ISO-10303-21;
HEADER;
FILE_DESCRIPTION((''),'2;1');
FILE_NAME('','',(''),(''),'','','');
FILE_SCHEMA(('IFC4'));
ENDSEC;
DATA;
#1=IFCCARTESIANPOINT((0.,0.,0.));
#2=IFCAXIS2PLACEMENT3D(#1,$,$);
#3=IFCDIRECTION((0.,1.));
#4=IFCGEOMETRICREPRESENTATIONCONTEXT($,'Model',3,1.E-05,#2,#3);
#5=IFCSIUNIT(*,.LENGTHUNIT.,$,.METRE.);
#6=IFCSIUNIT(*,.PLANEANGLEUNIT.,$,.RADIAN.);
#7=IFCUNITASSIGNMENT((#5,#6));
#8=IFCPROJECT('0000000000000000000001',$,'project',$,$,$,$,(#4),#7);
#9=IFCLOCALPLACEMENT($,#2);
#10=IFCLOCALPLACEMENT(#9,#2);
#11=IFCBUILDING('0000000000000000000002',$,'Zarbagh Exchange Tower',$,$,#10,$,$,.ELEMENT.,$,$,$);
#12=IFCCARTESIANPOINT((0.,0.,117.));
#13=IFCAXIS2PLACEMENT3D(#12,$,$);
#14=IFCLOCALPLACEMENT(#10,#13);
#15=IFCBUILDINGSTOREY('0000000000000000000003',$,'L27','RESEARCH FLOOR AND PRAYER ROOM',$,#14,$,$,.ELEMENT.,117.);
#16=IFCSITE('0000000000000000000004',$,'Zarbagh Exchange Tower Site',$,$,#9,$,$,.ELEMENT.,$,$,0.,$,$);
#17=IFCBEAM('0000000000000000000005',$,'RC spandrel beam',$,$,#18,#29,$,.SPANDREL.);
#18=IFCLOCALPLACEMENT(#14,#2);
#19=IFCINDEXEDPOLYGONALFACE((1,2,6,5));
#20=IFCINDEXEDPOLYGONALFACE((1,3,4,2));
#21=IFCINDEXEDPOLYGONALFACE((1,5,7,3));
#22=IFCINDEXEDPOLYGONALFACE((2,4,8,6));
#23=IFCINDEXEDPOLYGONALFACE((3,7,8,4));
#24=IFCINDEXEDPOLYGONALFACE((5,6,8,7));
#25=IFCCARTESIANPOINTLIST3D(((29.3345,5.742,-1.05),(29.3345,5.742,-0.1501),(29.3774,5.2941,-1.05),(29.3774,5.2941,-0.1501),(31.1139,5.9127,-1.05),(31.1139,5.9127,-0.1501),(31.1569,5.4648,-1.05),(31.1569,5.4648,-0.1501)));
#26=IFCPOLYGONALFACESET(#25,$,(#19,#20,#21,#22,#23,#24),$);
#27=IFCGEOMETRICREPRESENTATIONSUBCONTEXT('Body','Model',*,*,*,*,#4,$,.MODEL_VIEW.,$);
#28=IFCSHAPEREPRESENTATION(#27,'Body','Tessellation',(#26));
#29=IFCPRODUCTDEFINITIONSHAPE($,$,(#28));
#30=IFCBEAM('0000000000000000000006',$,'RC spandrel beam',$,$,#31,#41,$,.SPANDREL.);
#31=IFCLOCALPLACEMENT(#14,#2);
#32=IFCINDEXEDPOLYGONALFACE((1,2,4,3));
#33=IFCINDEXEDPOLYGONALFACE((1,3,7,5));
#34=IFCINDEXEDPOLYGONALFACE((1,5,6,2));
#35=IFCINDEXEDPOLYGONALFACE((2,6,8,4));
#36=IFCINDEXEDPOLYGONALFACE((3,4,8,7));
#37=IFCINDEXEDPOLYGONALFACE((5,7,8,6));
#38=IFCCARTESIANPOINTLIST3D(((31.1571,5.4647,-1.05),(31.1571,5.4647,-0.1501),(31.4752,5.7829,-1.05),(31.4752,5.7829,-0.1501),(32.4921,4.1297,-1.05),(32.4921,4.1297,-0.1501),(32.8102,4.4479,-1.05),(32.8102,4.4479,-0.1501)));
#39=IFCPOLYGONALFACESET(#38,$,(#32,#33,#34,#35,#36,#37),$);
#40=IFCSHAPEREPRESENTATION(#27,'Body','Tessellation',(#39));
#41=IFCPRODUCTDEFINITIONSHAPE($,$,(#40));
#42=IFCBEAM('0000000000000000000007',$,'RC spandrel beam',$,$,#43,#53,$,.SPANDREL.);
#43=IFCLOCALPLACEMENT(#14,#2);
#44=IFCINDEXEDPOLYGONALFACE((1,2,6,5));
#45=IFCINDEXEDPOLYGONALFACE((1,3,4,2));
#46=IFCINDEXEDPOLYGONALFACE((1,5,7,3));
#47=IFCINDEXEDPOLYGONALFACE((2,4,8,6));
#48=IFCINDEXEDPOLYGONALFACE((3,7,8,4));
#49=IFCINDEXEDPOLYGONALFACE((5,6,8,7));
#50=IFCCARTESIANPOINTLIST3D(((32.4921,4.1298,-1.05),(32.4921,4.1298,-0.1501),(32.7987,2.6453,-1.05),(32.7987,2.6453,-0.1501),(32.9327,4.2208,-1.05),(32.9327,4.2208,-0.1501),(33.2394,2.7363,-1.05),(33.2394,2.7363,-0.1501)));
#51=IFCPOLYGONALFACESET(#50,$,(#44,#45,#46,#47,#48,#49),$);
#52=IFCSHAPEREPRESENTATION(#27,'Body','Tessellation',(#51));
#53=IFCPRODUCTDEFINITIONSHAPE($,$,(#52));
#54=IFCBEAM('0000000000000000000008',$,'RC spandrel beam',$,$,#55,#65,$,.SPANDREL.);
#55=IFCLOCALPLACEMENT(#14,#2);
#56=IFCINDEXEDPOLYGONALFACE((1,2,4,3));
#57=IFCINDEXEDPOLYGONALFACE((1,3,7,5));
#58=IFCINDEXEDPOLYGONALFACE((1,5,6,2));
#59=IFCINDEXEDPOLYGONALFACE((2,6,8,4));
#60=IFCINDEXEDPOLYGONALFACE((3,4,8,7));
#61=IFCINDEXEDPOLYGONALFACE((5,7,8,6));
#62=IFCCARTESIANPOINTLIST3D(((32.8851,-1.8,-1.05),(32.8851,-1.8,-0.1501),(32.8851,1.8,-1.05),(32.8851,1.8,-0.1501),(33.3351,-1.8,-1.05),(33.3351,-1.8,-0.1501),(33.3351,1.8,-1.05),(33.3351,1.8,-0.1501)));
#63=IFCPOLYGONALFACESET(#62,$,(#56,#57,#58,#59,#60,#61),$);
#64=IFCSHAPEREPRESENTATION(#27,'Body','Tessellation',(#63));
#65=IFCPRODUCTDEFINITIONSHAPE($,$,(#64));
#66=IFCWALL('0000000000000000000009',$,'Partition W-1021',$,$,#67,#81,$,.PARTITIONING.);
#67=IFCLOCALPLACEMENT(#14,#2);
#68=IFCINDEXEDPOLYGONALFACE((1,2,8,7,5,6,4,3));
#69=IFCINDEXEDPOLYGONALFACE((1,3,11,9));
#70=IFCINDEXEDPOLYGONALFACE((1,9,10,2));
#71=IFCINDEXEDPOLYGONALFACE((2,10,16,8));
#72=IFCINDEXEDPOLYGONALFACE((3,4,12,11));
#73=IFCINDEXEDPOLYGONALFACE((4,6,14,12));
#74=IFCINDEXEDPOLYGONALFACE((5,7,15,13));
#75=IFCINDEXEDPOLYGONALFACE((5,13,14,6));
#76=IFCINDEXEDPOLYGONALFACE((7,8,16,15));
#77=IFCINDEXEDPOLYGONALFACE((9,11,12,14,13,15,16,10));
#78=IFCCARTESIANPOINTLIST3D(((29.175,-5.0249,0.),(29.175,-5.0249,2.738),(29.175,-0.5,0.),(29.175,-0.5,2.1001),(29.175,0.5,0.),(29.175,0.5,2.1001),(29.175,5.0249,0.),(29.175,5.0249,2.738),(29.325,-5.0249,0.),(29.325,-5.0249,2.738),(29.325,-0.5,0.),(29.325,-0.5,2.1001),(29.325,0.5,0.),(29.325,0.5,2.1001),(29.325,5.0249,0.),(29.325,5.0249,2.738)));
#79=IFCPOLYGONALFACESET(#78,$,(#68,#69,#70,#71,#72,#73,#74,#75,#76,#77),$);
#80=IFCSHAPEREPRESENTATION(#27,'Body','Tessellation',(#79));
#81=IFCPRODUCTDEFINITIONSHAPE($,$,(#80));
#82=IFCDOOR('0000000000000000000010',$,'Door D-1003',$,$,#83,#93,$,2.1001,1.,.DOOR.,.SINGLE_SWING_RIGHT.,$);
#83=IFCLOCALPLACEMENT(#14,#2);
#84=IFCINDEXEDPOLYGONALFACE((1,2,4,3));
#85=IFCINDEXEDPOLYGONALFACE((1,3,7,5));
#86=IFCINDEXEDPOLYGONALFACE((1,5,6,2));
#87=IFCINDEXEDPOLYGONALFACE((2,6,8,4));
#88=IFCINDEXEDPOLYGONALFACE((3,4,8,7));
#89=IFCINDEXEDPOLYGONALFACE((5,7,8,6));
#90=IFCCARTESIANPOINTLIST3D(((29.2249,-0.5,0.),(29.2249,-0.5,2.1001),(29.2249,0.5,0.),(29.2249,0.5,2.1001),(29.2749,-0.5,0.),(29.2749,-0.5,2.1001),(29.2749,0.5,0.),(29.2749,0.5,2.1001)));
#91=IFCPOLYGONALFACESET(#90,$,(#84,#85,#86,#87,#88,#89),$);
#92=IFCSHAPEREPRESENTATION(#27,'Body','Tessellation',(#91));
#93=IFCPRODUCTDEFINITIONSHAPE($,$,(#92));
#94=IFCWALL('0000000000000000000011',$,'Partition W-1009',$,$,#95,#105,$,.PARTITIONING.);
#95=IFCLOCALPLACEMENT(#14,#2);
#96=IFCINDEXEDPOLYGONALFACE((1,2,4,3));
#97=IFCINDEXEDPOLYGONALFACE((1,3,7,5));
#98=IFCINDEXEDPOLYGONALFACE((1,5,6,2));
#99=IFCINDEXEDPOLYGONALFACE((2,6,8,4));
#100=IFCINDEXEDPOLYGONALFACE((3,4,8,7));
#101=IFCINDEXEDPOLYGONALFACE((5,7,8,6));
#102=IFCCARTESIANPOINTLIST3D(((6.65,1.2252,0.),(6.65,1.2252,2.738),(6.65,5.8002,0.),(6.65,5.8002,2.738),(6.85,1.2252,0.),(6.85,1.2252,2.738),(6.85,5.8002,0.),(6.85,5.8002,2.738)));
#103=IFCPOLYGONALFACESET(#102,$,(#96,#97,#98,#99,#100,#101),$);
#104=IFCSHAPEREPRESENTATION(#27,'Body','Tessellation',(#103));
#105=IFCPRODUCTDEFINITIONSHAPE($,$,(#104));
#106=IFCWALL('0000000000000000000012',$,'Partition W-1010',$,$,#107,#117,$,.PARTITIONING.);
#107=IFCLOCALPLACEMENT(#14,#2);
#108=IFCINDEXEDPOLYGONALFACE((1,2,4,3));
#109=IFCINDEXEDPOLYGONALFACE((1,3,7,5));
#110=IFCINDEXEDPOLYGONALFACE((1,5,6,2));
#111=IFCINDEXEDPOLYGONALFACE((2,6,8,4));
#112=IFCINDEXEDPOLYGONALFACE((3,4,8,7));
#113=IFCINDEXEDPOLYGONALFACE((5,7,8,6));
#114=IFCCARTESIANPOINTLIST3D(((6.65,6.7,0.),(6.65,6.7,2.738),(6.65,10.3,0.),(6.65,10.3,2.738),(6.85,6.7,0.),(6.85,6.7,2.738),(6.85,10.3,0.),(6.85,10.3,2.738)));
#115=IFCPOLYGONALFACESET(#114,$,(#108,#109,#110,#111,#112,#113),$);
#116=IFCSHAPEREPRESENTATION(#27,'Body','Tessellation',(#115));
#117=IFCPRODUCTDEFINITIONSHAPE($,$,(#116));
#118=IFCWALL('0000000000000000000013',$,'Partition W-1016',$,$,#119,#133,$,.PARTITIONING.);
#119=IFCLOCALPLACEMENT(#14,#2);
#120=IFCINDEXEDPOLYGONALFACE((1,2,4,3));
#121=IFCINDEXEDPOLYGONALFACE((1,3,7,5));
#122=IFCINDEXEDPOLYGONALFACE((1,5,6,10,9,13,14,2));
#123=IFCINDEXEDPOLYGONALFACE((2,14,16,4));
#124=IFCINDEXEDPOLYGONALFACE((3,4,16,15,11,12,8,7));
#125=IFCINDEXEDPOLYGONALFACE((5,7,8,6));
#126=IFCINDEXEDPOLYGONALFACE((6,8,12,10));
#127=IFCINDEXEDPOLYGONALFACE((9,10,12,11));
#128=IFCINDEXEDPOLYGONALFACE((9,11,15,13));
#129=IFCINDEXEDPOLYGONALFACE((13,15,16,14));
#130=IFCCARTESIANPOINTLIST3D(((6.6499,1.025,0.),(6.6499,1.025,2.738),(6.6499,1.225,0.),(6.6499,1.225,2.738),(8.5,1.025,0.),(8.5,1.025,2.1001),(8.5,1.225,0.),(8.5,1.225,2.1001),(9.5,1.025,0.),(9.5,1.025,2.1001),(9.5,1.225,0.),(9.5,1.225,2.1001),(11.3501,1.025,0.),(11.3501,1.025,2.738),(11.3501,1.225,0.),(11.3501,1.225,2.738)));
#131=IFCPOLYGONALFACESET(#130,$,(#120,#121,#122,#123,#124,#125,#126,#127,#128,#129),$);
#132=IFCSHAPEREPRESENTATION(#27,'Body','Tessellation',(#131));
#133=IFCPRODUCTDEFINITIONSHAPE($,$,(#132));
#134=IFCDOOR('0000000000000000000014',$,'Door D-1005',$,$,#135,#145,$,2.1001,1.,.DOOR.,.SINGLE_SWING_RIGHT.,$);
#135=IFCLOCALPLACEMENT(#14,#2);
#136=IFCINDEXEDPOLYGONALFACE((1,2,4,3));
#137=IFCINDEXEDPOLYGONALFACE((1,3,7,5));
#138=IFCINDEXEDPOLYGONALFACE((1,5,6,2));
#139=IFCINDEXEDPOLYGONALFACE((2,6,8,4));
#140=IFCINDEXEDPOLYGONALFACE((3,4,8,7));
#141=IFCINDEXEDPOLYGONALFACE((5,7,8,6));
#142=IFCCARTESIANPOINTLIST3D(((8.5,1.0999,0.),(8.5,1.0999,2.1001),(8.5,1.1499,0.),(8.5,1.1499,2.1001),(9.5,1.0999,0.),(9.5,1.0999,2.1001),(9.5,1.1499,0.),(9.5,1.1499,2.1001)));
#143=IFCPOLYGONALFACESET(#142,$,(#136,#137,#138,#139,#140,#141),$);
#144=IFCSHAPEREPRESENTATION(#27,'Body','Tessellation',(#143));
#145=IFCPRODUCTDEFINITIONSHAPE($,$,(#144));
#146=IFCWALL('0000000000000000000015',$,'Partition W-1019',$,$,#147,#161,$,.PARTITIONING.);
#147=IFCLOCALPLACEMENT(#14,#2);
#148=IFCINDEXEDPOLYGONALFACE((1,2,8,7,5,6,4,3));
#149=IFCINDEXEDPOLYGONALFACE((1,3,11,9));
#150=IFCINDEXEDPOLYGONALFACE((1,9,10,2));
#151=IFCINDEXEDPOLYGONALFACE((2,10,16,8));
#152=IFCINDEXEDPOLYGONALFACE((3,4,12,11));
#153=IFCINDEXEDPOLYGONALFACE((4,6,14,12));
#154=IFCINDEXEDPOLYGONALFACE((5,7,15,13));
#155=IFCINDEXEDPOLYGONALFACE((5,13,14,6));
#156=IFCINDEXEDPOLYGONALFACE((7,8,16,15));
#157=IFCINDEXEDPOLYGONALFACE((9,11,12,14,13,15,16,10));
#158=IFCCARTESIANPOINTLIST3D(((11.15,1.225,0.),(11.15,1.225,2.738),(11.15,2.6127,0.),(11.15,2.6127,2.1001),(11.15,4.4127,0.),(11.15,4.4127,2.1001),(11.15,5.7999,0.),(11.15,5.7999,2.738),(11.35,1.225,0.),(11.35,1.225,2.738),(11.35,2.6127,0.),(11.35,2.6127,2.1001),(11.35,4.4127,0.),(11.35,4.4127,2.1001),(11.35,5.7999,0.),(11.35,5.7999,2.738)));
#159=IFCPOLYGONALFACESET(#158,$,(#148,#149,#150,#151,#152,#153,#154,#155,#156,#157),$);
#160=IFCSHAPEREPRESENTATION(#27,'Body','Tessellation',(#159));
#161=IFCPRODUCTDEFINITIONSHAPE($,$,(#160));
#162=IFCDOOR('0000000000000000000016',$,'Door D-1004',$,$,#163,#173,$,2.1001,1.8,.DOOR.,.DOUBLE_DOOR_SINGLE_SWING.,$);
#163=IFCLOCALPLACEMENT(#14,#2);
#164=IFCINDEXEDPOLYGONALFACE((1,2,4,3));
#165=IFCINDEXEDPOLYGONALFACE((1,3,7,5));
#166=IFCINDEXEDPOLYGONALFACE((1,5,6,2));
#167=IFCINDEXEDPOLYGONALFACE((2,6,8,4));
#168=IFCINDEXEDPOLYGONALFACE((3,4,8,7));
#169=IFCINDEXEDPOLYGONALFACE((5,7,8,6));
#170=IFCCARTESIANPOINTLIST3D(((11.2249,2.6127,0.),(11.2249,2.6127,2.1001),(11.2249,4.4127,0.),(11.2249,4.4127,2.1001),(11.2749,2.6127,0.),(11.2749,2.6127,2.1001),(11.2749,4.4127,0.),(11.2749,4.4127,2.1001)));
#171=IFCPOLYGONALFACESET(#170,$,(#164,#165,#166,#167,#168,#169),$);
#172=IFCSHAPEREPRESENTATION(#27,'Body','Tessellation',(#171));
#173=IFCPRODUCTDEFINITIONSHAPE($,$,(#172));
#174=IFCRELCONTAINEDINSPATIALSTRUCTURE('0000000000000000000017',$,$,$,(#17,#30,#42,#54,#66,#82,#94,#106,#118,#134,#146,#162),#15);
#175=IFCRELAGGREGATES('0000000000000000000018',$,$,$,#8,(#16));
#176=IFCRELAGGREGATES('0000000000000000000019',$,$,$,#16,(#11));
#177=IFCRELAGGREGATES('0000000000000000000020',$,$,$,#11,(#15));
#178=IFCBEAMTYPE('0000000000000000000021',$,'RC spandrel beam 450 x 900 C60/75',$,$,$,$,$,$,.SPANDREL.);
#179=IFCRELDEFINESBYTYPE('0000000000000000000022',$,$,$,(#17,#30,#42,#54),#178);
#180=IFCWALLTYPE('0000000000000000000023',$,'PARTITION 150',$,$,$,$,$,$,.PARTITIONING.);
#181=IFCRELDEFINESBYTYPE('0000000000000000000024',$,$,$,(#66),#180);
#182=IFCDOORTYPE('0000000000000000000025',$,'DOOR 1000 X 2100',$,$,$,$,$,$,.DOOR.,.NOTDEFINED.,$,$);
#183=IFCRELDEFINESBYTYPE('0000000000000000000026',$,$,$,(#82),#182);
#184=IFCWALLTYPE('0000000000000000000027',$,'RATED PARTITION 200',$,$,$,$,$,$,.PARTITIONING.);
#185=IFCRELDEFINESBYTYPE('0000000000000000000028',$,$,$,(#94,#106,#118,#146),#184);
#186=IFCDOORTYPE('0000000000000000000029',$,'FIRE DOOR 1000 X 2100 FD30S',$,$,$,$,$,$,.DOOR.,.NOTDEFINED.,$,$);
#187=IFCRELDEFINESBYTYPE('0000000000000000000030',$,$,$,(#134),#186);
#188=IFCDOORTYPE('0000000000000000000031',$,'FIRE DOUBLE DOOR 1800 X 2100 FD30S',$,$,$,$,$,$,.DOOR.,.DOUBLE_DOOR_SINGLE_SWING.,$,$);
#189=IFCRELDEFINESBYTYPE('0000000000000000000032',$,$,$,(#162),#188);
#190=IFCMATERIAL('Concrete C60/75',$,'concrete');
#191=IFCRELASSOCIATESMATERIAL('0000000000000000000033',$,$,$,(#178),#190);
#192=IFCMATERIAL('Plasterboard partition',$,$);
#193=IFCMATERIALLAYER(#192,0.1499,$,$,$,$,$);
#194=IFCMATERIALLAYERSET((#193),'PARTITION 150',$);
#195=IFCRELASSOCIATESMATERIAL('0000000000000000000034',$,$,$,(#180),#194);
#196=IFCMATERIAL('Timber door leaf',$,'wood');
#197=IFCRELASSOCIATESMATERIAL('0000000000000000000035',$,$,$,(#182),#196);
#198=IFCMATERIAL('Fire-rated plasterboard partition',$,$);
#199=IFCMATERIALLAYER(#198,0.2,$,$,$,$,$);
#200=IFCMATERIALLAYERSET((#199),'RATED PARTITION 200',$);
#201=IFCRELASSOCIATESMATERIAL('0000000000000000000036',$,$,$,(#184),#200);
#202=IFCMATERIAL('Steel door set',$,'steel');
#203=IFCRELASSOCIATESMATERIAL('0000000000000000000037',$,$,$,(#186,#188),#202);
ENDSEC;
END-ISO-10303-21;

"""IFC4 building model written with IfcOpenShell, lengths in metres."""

from ifc_helpers import new_model, si_unit, direction, frame, frame_2d, origin, origin_2d, place, context, subcontext, project, spatial, rectangle, extrude, material, layer, layer_set, material_profile, profile_set, type_object, element, fill, save


model = new_model("IFC4")

# Units and contexts
model_context = context("Model", 3, precision=1e-05, world=origin(), true_north=direction((0.0, 1.0)))
body_context = subcontext(model_context, "Body", "Model", "MODEL_VIEW")
ifc_project = project(units=[si_unit("LENGTHUNIT", "METRE"), si_unit("PLANEANGLEUNIT", "RADIAN")], contexts=[model_context])

# Site, building, storey
site_placement = place(None, origin())
site = spatial("IfcSite", under=ifc_project, at=site_placement, Name="Zarbagh Exchange Tower Site", CompositionType="ELEMENT", RefElevation=0.0)
building_placement = place(site_placement, origin())
building = spatial("IfcBuilding", under=site, at=building_placement, Name="Zarbagh Exchange Tower", CompositionType="ELEMENT")
storey_placement = place(building_placement, frame((0.0, 0.0, 117.0)))
storey = spatial("IfcBuildingStorey", under=building, at=storey_placement, Name="L27", Description="RESEARCH FLOOR AND PRAYER ROOM", CompositionType="ELEMENT", Elevation=117.0)

# Shared definitions
ifc_material_1 = material(Name="Concrete C60/75", Category="concrete")

# Beams
ifc_material_profile_1 = material_profile(ifc_material_1, rectangle(XDim=0.45, YDim=0.8999, at=origin_2d()), Name="RC spandrel beam 450 x 900 C60/75")
ifc_profile_set_1 = profile_set([ifc_material_profile_1], Name="Concrete C60/75")
beam_type_1 = type_object("IfcBeamType", Name="RC spandrel beam 450 x 900 C60/75", PredefinedType="SPANDREL", material=ifc_profile_set_1)
beam_1_placement = place(storey_placement, frame((29.356, 5.5181, -0.6001), z_axis=(0.995433, 0.09546, 0.0), x_axis=(-0.09546, 0.995433, 0.0)))
element("IfcBeam", 1, at=beam_1_placement, inside=storey, type_object=beam_type_1, Name="RC spandrel beam", PredefinedType="SPANDREL", context=body_context, shape_type="SweptSolid", body=[
    extrude(rectangle(XDim=0.45, YDim=0.8999, at=origin_2d()), origin(), (0.0, 0.0, 1.0), 1.7876),
])
beam_2_placement = place(storey_placement, frame((31.3162, 5.6238, -0.6001), z_axis=(0.707107, -0.707107, 0.0), x_axis=(0.707107, 0.707107, 0.0)))
element("IfcBeam", 2, at=beam_2_placement, inside=storey, type_object=beam_type_1, Name="RC spandrel beam", PredefinedType="SPANDREL", context=body_context, shape_type="SweptSolid", body=[
    extrude(rectangle(XDim=0.45, YDim=0.8999, at=origin_2d()), origin(), (0.0, 0.0, 1.0), 1.8879),
])
beam_3_placement = place(storey_placement, frame((32.7124, 4.1753, -0.6001), z_axis=(0.202275, -0.979329, 0.0), x_axis=(0.979329, 0.202275, 0.0)))
element("IfcBeam", 3, at=beam_3_placement, inside=storey, type_object=beam_type_1, Name="RC spandrel beam", PredefinedType="SPANDREL", context=body_context, shape_type="SweptSolid", body=[
    extrude(rectangle(XDim=0.45, YDim=0.8999, at=origin_2d()), origin(), (0.0, 0.0, 1.0), 1.5159),
])
beam_4_placement = place(storey_placement, frame((33.1101, 1.8, -0.6001), z_axis=(0.0, -1.0, 0.0), x_axis=(1.0, 0.0, 0.0)))
element("IfcBeam", 4, at=beam_4_placement, inside=storey, type_object=beam_type_1, Name="RC spandrel beam", PredefinedType="SPANDREL", context=body_context, shape_type="SweptSolid", body=[
    extrude(rectangle(XDim=0.45, YDim=0.8999, at=origin_2d()), origin(), (0.0, 0.0, 1.0), 3.6001),
])

# Wall, opening, door
ifc_material_2 = material(Name="Plasterboard partition")
ifc_layer_1 = layer(ifc_material_2, 0.1499)
ifc_layer_set_1 = layer_set([ifc_layer_1], Name="PARTITION 150")
wall_type_1 = type_object("IfcWallType", Name="PARTITION 150", PredefinedType="PARTITIONING", material=ifc_layer_set_1)
wall_1_placement = place(storey_placement, frame((29.25, 5.0249, 0.0), z_axis=(0.0, 0.0, 1.0), x_axis=(0.0, -1.0, 0.0)))
wall_1 = element("IfcWall", 5, at=wall_1_placement, inside=storey, type_object=wall_type_1, Name="Partition W-1021", PredefinedType="PARTITIONING", context=body_context, shape_type="SweptSolid", body=[
    extrude(rectangle(XDim=10.0498, YDim=0.1499, at=frame_2d((5.0249, 0.0))), origin(), (0.0, 0.0, 1.0), 2.738),
])
opening_1_placement = place(wall_1_placement, frame((4.5249, 0.0, 0.0)))
opening_1 = element("IfcOpeningElement", 6, at=opening_1_placement, cuts=wall_1, PredefinedType="OPENING", context=body_context, shape_type="SweptSolid", body=[
    extrude(rectangle(XDim=1.0, YDim=2.1001, at=frame_2d((0.5, 1.05))), frame((0.0, 0.085, 0.0), z_axis=(0.0, -1.0, 0.0), x_axis=(1.0, 0.0, 0.0)), (0.0, 0.0, 1.0), 0.1699),
])
ifc_material_3 = material(Name="Timber door leaf", Category="wood")
door_type_1 = type_object("IfcDoorType", Name="DOOR 1000 X 2100", OperationType="NOTDEFINED", PredefinedType="DOOR", material=ifc_material_3)
door_1_placement = place(opening_1_placement, origin())
door_1 = element("IfcDoor", 7, at=door_1_placement, inside=storey, type_object=door_type_1, Name="Door D-1003", OperationType="SINGLE_SWING_RIGHT", OverallHeight=2.1001, OverallWidth=1.0, PredefinedType="DOOR", context=body_context, shape_type="SweptSolid", body=[
    extrude(rectangle(XDim=1.0, YDim=2.1001, at=frame_2d((0.5, 1.05))), frame((0.0, 0.0249, 0.0), z_axis=(0.0, -1.0, 0.0), x_axis=(1.0, 0.0, 0.0)), (0.0, 0.0, 1.0), 0.05),
])
fill(opening_1, door_1)

# Walls
ifc_material_4 = material(Name="Fire-rated plasterboard partition")
ifc_layer_2 = layer(ifc_material_4, 0.2)
ifc_layer_set_2 = layer_set([ifc_layer_2], Name="RATED PARTITION 200")
wall_type_2 = type_object("IfcWallType", Name="RATED PARTITION 200", PredefinedType="PARTITIONING", material=ifc_layer_set_2)
wall_2_placement = place(storey_placement, frame((6.75, 1.2251, 0.0), z_axis=(0.0, 0.0, 1.0), x_axis=(0.0, 1.0, 0.0)))
element("IfcWall", 8, at=wall_2_placement, inside=storey, type_object=wall_type_2, Name="Partition W-1009", PredefinedType="PARTITIONING", context=body_context, shape_type="SweptSolid", body=[
    extrude(rectangle(XDim=4.575, YDim=0.2, at=frame_2d((2.2876, 0.0))), origin(), (0.0, 0.0, 1.0), 2.738),
])
wall_3_placement = place(storey_placement, frame((6.75, 6.7, 0.0), z_axis=(0.0, 0.0, 1.0), x_axis=(0.0, 1.0, 0.0)))
element("IfcWall", 9, at=wall_3_placement, inside=storey, type_object=wall_type_2, Name="Partition W-1010", PredefinedType="PARTITIONING", context=body_context, shape_type="SweptSolid", body=[
    extrude(rectangle(XDim=3.6001, YDim=0.2, at=frame_2d((1.8, 0.0))), origin(), (0.0, 0.0, 1.0), 2.738),
])

# Walls, openings, doors
wall_4_placement = place(storey_placement, frame((6.6499, 1.125, 0.0), z_axis=(0.0, 0.0, 1.0), x_axis=(1.0, 0.0, 0.0)))
wall_4 = element("IfcWall", 10, at=wall_4_placement, inside=storey, type_object=wall_type_2, Name="Partition W-1016", PredefinedType="PARTITIONING", context=body_context, shape_type="SweptSolid", body=[
    extrude(rectangle(XDim=4.7002, YDim=0.2, at=frame_2d((2.3501, 0.0))), origin(), (0.0, 0.0, 1.0), 2.738),
])
opening_2_placement = place(wall_4_placement, frame((1.8501, 0.0, 0.0)))
opening_2 = element("IfcOpeningElement", 11, at=opening_2_placement, cuts=wall_4, PredefinedType="OPENING", context=body_context, shape_type="SweptSolid", body=[
    extrude(rectangle(XDim=1.0, YDim=2.1001, at=frame_2d((0.5, 1.05))), frame((0.0, 0.1099, 0.0), z_axis=(0.0, -1.0, 0.0), x_axis=(1.0, 0.0, 0.0)), (0.0, 0.0, 1.0), 0.22),
])
ifc_material_5 = material(Name="Steel door set", Category="steel")
door_type_2 = type_object("IfcDoorType", Name="FIRE DOOR 1000 X 2100 FD30S", OperationType="NOTDEFINED", PredefinedType="DOOR", material=ifc_material_5)
door_2_placement = place(opening_2_placement, origin())
door_2 = element("IfcDoor", 12, at=door_2_placement, inside=storey, type_object=door_type_2, Name="Door D-1005", OperationType="SINGLE_SWING_RIGHT", OverallHeight=2.1001, OverallWidth=1.0, PredefinedType="DOOR", context=body_context, shape_type="SweptSolid", body=[
    extrude(rectangle(XDim=1.0, YDim=2.1001, at=frame_2d((0.5, 1.05))), frame((0.0, 0.0249, 0.0), z_axis=(0.0, -1.0, 0.0), x_axis=(1.0, 0.0, 0.0)), (0.0, 0.0, 1.0), 0.05),
])
fill(opening_2, door_2)
wall_5_placement = place(storey_placement, frame((11.25, 5.8, 0.0), z_axis=(0.0, 0.0, 1.0), x_axis=(0.0, -1.0, 0.0)))
wall_5 = element("IfcWall", 13, at=wall_5_placement, inside=storey, type_object=wall_type_2, Name="Partition W-1019", PredefinedType="PARTITIONING", context=body_context, shape_type="SweptSolid", body=[
    extrude(rectangle(XDim=4.575, YDim=0.2, at=frame_2d((2.2876, 0.0))), origin(), (0.0, 0.0, 1.0), 2.738),
])
opening_3_placement = place(wall_5_placement, frame((1.3875, 0.0, 0.0)))
opening_3 = element("IfcOpeningElement", 14, at=opening_3_placement, cuts=wall_5, PredefinedType="OPENING", context=body_context, shape_type="SweptSolid", body=[
    extrude(rectangle(XDim=1.8, YDim=2.1001, at=frame_2d((0.8999, 1.05))), frame((0.0, 0.1099, 0.0), z_axis=(0.0, -1.0, 0.0), x_axis=(1.0, 0.0, 0.0)), (0.0, 0.0, 1.0), 0.22),
])
door_type_3 = type_object("IfcDoorType", Name="FIRE DOUBLE DOOR 1800 X 2100 FD30S", OperationType="DOUBLE_DOOR_SINGLE_SWING", PredefinedType="DOOR", material=ifc_material_5)
door_3_placement = place(opening_3_placement, origin())
door_3 = element("IfcDoor", 15, at=door_3_placement, inside=storey, type_object=door_type_3, Name="Door D-1004", OperationType="DOUBLE_DOOR_SINGLE_SWING", OverallHeight=2.1001, OverallWidth=1.8, PredefinedType="DOOR", context=body_context, shape_type="SweptSolid", body=[
    extrude(rectangle(XDim=1.8, YDim=2.1001, at=frame_2d((0.8999, 1.05))), frame((0.0, 0.0249, 0.0), z_axis=(0.0, -1.0, 0.0), x_axis=(1.0, 0.0, 0.0)), (0.0, 0.0, 1.0), 0.05),
])
fill(opening_3, door_3)

save(model, "model.ifc")
